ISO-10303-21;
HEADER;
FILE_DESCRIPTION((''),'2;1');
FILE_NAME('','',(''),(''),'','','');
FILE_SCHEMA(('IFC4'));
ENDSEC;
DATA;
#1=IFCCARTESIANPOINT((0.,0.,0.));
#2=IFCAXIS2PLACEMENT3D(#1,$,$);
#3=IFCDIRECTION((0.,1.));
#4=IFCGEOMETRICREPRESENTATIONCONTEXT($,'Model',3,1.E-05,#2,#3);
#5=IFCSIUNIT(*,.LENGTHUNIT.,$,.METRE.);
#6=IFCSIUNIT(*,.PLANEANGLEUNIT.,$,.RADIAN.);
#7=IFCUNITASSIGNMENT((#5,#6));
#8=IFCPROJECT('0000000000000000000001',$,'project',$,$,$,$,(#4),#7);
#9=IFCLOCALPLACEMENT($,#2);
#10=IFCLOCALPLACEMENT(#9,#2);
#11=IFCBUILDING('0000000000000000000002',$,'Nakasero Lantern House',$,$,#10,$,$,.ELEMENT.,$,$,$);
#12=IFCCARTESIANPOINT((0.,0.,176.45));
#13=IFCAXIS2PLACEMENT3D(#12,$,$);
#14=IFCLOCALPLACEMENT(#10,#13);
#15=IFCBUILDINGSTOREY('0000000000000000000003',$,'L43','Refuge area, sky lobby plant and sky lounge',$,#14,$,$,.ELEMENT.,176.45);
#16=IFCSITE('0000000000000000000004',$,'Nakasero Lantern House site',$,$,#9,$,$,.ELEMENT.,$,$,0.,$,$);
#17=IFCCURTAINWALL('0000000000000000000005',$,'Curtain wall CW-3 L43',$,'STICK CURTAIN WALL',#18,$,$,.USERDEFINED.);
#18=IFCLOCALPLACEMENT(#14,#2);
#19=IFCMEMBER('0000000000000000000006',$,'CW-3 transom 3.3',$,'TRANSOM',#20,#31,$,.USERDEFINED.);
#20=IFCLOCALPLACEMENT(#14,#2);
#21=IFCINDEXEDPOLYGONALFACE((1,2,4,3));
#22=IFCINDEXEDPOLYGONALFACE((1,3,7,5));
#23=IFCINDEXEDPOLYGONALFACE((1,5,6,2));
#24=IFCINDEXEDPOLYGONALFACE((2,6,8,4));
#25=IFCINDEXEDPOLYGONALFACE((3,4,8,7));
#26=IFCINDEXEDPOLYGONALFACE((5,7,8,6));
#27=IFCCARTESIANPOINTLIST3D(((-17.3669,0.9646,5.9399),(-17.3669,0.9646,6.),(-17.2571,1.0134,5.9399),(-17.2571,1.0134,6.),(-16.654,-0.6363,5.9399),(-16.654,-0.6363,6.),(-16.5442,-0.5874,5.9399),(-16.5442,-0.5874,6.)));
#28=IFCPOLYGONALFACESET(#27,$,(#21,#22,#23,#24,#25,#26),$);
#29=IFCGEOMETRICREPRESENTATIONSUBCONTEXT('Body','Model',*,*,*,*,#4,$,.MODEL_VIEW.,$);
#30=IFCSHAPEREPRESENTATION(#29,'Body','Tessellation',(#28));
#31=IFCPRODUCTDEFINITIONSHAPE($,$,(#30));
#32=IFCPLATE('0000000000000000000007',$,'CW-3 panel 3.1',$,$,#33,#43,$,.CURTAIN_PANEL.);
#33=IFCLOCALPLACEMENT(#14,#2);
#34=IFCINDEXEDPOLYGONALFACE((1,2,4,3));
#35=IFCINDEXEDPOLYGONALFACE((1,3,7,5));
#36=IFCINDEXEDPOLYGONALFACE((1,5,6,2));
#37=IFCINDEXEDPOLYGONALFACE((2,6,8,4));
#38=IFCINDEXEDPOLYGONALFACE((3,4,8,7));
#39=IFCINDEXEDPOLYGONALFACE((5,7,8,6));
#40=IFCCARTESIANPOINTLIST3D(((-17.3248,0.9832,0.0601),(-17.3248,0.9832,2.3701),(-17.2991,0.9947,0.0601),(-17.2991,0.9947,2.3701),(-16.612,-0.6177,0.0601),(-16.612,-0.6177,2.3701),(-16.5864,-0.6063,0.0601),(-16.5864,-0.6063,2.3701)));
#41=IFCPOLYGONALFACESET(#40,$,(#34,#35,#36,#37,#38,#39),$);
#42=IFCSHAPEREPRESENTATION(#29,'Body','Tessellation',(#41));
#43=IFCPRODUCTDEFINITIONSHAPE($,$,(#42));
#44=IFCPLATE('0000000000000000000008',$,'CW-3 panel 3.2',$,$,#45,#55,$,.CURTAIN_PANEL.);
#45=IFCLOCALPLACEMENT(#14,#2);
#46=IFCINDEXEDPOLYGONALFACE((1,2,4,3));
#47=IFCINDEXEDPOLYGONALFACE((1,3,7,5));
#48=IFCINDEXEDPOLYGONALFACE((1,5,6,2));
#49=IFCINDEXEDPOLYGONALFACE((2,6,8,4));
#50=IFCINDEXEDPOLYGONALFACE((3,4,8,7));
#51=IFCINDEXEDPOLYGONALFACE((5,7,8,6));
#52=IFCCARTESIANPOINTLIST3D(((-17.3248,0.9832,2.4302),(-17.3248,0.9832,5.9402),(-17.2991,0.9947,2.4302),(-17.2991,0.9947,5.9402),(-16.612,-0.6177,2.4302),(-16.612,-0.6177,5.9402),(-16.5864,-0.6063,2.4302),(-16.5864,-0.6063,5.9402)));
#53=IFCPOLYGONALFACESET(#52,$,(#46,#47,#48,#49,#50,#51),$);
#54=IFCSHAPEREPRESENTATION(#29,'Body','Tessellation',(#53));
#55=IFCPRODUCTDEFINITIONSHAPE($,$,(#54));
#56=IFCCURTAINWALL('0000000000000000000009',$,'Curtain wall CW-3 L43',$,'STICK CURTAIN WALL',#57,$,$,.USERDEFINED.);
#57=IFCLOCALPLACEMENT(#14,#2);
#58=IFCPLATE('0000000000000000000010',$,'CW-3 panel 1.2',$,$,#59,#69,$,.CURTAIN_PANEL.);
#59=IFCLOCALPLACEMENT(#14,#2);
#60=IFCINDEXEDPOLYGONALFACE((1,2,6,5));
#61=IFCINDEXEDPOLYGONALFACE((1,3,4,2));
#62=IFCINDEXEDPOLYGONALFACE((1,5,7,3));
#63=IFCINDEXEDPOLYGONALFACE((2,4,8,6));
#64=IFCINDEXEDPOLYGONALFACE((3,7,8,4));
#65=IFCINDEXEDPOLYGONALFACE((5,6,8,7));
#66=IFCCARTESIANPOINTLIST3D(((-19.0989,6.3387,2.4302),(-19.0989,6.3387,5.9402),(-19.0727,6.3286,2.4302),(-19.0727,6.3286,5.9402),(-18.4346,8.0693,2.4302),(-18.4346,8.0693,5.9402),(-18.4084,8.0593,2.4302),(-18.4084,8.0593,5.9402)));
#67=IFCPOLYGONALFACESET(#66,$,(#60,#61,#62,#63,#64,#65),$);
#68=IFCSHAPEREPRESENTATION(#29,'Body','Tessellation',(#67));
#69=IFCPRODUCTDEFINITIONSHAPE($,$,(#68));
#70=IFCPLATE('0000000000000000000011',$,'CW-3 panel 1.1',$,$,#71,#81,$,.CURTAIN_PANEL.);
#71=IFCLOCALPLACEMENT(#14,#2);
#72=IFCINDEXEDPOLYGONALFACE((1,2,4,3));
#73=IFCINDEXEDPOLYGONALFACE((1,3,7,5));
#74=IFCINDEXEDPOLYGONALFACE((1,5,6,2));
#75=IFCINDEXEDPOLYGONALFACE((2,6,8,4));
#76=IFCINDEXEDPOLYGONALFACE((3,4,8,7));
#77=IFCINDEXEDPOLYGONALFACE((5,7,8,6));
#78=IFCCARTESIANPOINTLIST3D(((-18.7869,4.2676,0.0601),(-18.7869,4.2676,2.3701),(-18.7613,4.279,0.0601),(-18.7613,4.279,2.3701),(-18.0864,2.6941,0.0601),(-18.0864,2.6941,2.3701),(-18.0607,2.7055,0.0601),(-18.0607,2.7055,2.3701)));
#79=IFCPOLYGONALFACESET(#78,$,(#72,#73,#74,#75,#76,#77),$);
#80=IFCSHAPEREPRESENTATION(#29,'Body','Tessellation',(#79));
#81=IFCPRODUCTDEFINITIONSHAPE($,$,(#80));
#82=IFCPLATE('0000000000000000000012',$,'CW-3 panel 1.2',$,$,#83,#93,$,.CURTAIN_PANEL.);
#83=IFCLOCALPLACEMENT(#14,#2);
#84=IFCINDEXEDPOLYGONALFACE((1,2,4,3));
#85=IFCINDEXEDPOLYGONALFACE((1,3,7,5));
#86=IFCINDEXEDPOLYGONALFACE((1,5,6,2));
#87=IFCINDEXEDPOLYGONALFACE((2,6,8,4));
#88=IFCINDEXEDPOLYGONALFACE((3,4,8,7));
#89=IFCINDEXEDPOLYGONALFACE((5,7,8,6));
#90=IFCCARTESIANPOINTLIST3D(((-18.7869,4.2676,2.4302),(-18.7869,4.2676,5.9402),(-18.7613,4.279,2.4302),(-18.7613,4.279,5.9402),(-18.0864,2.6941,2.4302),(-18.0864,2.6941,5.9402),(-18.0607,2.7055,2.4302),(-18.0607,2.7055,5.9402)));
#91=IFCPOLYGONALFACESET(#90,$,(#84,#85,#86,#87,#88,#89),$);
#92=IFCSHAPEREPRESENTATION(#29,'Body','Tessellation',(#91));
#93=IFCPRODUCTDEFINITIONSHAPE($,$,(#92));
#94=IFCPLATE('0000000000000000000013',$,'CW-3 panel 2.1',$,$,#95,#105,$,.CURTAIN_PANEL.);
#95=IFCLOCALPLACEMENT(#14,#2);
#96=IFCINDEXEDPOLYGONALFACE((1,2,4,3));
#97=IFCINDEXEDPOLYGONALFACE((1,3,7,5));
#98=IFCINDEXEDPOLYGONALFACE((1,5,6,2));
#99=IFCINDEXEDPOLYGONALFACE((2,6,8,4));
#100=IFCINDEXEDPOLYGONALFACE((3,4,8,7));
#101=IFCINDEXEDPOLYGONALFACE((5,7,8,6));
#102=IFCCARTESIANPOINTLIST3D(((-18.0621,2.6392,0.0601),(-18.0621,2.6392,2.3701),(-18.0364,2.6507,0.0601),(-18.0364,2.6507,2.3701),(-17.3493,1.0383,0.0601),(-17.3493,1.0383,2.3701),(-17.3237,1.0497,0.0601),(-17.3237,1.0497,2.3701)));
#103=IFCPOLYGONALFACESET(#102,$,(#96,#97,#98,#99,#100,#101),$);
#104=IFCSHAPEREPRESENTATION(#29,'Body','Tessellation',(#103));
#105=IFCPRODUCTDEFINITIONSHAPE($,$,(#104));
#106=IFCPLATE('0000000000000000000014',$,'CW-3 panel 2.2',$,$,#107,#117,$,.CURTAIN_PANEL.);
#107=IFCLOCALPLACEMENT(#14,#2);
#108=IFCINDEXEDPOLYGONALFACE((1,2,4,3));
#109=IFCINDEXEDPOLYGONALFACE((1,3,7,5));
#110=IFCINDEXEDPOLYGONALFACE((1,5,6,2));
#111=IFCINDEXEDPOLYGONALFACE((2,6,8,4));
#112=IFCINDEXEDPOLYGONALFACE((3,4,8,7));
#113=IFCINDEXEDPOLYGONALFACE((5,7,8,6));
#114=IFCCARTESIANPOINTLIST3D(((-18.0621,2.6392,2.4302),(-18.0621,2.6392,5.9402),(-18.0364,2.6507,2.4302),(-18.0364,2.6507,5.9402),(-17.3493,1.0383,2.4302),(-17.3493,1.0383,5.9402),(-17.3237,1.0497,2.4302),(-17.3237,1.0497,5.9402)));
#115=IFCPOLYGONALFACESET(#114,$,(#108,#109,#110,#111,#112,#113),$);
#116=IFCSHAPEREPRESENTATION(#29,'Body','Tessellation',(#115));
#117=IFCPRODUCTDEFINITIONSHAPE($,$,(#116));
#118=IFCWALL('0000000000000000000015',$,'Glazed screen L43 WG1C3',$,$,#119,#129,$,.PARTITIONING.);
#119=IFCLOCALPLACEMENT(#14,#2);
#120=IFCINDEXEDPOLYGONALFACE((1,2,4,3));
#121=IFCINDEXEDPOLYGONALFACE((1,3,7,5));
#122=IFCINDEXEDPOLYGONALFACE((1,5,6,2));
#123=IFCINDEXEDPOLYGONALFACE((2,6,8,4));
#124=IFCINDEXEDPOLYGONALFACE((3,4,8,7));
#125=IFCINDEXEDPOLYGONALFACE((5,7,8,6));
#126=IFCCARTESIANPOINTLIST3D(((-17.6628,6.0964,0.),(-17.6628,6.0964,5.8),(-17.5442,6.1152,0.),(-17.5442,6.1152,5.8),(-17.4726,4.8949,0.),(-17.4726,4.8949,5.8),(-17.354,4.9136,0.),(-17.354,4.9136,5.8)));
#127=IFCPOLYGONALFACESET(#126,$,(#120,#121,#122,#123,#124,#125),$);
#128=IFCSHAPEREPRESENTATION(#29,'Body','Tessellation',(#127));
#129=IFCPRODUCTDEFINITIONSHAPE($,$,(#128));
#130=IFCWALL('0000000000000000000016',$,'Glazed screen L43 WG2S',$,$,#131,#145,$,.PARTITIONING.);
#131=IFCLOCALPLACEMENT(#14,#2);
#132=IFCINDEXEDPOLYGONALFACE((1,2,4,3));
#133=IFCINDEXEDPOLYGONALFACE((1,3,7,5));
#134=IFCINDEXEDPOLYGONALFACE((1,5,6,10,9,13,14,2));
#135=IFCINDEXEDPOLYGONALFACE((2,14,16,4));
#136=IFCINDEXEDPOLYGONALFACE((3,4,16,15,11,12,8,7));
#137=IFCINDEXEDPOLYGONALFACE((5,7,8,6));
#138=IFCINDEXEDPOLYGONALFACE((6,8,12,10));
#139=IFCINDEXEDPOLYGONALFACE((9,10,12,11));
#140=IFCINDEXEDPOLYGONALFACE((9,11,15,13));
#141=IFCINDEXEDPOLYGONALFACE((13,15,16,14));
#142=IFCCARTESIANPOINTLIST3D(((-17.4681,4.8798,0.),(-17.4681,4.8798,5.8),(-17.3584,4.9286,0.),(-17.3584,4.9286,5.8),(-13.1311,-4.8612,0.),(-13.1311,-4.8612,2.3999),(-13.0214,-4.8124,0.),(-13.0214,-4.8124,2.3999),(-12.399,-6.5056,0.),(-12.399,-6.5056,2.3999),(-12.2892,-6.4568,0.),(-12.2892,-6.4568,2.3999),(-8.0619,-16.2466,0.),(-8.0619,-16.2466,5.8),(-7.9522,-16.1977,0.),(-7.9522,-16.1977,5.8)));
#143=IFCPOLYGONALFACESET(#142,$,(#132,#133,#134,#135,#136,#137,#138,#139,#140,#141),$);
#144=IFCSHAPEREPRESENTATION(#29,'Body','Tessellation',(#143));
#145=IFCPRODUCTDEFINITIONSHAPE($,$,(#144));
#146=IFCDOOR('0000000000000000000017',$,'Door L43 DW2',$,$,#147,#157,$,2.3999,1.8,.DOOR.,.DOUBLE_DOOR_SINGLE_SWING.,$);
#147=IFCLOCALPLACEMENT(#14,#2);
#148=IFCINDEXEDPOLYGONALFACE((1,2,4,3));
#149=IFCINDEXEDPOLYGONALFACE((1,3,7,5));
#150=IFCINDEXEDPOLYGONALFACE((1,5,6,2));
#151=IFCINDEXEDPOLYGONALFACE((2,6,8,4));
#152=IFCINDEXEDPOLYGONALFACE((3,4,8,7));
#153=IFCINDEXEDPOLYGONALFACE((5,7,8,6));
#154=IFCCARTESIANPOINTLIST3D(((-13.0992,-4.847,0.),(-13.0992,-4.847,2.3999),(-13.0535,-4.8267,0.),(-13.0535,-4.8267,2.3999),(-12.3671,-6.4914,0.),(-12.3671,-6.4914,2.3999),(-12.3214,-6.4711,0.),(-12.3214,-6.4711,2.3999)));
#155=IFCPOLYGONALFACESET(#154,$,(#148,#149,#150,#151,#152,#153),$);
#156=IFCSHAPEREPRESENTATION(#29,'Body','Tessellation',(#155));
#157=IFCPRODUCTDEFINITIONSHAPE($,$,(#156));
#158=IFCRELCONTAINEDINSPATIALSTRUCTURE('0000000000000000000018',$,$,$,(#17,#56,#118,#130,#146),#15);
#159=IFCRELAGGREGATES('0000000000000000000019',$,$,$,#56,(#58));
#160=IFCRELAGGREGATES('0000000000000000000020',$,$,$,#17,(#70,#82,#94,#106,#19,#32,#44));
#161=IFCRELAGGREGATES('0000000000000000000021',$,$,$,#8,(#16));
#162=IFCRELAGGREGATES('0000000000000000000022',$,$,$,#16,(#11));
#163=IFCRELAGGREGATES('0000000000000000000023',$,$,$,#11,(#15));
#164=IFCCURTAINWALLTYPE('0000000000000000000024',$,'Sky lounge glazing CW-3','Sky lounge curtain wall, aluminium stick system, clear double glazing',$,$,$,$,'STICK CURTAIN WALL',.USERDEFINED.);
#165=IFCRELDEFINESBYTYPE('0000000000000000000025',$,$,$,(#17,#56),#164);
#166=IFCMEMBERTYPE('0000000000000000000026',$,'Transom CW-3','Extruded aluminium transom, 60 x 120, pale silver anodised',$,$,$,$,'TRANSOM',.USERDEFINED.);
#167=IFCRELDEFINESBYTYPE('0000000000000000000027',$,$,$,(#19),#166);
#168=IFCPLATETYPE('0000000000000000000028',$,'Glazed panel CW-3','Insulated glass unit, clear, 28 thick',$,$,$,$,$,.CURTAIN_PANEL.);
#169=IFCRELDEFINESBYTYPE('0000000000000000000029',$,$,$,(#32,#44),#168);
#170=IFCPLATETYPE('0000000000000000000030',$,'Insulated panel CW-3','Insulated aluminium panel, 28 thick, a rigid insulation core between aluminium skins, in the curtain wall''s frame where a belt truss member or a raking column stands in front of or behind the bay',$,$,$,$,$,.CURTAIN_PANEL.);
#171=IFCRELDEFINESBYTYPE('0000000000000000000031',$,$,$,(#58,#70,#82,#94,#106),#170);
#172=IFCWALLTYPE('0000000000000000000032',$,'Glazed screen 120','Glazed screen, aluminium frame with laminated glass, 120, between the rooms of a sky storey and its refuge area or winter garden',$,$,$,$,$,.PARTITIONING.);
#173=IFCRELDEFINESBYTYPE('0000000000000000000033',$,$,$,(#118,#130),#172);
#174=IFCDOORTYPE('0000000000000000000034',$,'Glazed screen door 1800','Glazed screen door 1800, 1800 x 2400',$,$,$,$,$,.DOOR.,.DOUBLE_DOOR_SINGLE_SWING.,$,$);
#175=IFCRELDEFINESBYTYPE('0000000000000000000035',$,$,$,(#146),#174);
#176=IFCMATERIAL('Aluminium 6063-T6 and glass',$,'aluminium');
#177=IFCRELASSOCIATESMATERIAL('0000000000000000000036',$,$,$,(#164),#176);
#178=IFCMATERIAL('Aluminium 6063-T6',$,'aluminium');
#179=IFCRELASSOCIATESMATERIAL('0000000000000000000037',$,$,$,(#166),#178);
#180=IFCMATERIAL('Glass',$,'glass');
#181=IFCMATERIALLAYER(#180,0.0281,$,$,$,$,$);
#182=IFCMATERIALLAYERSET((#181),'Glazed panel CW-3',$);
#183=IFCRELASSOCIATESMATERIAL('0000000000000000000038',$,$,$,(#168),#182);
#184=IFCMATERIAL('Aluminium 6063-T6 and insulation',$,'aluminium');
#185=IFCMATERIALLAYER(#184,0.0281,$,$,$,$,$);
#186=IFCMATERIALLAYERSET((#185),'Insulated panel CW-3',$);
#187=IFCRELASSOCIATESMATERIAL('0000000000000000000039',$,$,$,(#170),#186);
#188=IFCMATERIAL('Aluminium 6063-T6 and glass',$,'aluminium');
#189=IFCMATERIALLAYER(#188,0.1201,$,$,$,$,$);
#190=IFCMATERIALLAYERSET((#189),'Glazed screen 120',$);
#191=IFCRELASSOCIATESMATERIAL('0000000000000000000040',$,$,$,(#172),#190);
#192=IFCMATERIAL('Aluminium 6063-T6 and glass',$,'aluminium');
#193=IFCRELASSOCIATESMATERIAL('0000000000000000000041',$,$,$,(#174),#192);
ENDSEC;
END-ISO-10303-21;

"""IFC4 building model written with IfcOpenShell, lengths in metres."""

from ifc_helpers import new_model, si_unit, direction, frame, frame_2d, origin, origin_2d, place, context, subcontext, project, spatial, rectangle, extrude, material, layer, layer_set, material_profile, profile_set, type_object, element, fill, aggregate, save


model = new_model("IFC4")

# Units and contexts
model_context = context("Model", 3, precision=1e-05, world=origin(), true_north=direction((0.0, 1.0)))
body_context = subcontext(model_context, "Body", "Model", "MODEL_VIEW")
ifc_project = project(units=[si_unit("LENGTHUNIT", "METRE"), si_unit("PLANEANGLEUNIT", "RADIAN")], contexts=[model_context])

# Site, building, storey
site_placement = place(None, origin())
site = spatial("IfcSite", under=ifc_project, at=site_placement, Name="Nakasero Lantern House site", CompositionType="ELEMENT", RefElevation=0.0)
building_placement = place(site_placement, origin())
building = spatial("IfcBuilding", under=site, at=building_placement, Name="Nakasero Lantern House", CompositionType="ELEMENT")
storey_placement = place(building_placement, frame((0.0, 0.0, 176.45)))
storey = spatial("IfcBuildingStorey", under=building, at=storey_placement, Name="L43", Description="Refuge area, sky lobby plant and sky lounge", CompositionType="ELEMENT", Elevation=176.45)

# Curtain wall
ifc_material_1 = material(Name="Aluminium 6063-T6 and glass", Category="aluminium")
curtain_wall_type = type_object("IfcCurtainWallType", Name="Sky lounge glazing CW-3", Description="Sky lounge curtain wall, aluminium stick system, clear double glazing", ElementType="STICK CURTAIN WALL", PredefinedType="USERDEFINED", material=ifc_material_1)
curtain_wall_1_placement = place(storey_placement, origin())
curtain_wall_1 = element("IfcCurtainWall", 1, at=curtain_wall_1_placement, inside=storey, type_object=curtain_wall_type, Name="Curtain wall CW-3 L43", ObjectType="STICK CURTAIN WALL", PredefinedType="USERDEFINED")

# Member
ifc_material_2 = material(Name="Aluminium 6063-T6", Category="aluminium")
ifc_material_profile_1 = material_profile(ifc_material_2, rectangle(XDim=0.0601, YDim=0.1201, at=origin_2d()), Name="CW-3 transom 60x120")
ifc_profile_set_1 = profile_set([ifc_material_profile_1], Name="Aluminium 6063-T6")
member_type_1 = type_object("IfcMemberType", Name="Transom CW-3", Description="Extruded aluminium transom, 60 x 120, pale silver anodised", ElementType="TRANSOM", PredefinedType="USERDEFINED", material=ifc_profile_set_1)
member_1_placement = place(storey_placement, frame((-17.312, 0.989, 5.97), z_axis=(0.406811, -0.913513, 0.0), x_axis=(0.0, 0.0, 1.0)))
member_1 = element("IfcMember", 2, at=member_1_placement, type_object=member_type_1, Name="CW-3 transom 3.3", ObjectType="TRANSOM", PredefinedType="USERDEFINED", context=body_context, shape_type="SweptSolid", body=[
    extrude(rectangle(XDim=0.0601, YDim=0.1201, at=origin_2d()), origin(), (0.0, 0.0, 1.0), 1.7524),
])

# Plates
ifc_material_3 = material(Name="Glass", Category="glass")
ifc_layer_1 = layer(ifc_material_3, 0.0281)
ifc_layer_set_1 = layer_set([ifc_layer_1], Name="Glazed panel CW-3")
plate_type_1 = type_object("IfcPlateType", Name="Glazed panel CW-3", Description="Insulated glass unit, clear, 28 thick", PredefinedType="CURTAIN_PANEL", material=ifc_layer_set_1)
plate_1_placement = place(storey_placement, frame((-16.9556, 0.1885, 0.0601), z_axis=(0.0, 0.0, 1.0), x_axis=(0.406737, -0.913545, 0.0)))
plate_1 = element("IfcPlate", 3, at=plate_1_placement, type_object=plate_type_1, Name="CW-3 panel 3.1", PredefinedType="CURTAIN_PANEL", context=body_context, shape_type="SweptSolid", body=[
    extrude(rectangle(XDim=1.7524, YDim=0.0281, at=origin_2d()), origin(), (0.0, 0.0, 1.0), 2.3101),
])
plate_2_placement = place(storey_placement, frame((-16.9556, 0.1885, 2.4302), z_axis=(0.0, 0.0, 1.0), x_axis=(0.406737, -0.913545, 0.0)))
plate_2 = element("IfcPlate", 4, at=plate_2_placement, type_object=plate_type_1, Name="CW-3 panel 3.2", PredefinedType="CURTAIN_PANEL", context=body_context, shape_type="SweptSolid", body=[
    extrude(rectangle(XDim=1.7524, YDim=0.0281, at=origin_2d()), origin(), (0.0, 0.0, 1.0), 3.51),
])

# Curtain wall, plate
curtain_wall_2_placement = place(storey_placement, origin())
curtain_wall_2 = element("IfcCurtainWall", 5, at=curtain_wall_2_placement, inside=storey, type_object=curtain_wall_type, Name="Curtain wall CW-3 L43", ObjectType="STICK CURTAIN WALL", PredefinedType="USERDEFINED")
ifc_material_4 = material(Name="Aluminium 6063-T6 and insulation", Category="aluminium")
ifc_layer_2 = layer(ifc_material_4, 0.0281)
ifc_layer_set_2 = layer_set([ifc_layer_2], Name="Insulated panel CW-3")
plate_type_2 = type_object("IfcPlateType", Name="Insulated panel CW-3", Description="Insulated aluminium panel, 28 thick, a rigid insulation core between aluminium skins, in the curtain wall's frame where a belt truss member or a raking column stands in front of or behind the bay", PredefinedType="CURTAIN_PANEL", material=ifc_layer_set_2)
plate_3_placement = place(storey_placement, frame((-18.7537, 7.199, 2.4302), z_axis=(0.0, 0.0, 1.0), x_axis=(-0.358368, -0.93358, 0.0)))
plate_3 = element("IfcPlate", 6, at=plate_3_placement, type_object=plate_type_2, Name="CW-3 panel 1.2", PredefinedType="CURTAIN_PANEL", context=body_context, shape_type="SweptSolid", body=[
    extrude(rectangle(XDim=1.8538, YDim=0.0281, at=origin_2d()), origin(), (0.0, 0.0, 1.0), 3.51),
])
aggregate(curtain_wall_2, [plate_3])

# Plates
plate_4_placement = place(storey_placement, frame((-18.4238, 3.4866, 0.0601), z_axis=(0.0, 0.0, 1.0), x_axis=(0.406737, -0.913545, 0.0)))
plate_4 = element("IfcPlate", 7, at=plate_4_placement, type_object=plate_type_2, Name="CW-3 panel 1.1", PredefinedType="CURTAIN_PANEL", context=body_context, shape_type="SweptSolid", body=[
    extrude(rectangle(XDim=1.7224, YDim=0.0281, at=origin_2d()), origin(), (0.0, 0.0, 1.0), 2.3101),
])
plate_5_placement = place(storey_placement, frame((-18.4238, 3.4866, 2.4302), z_axis=(0.0, 0.0, 1.0), x_axis=(0.406737, -0.913545, 0.0)))
plate_5 = element("IfcPlate", 8, at=plate_5_placement, type_object=plate_type_2, Name="CW-3 panel 1.2", PredefinedType="CURTAIN_PANEL", context=body_context, shape_type="SweptSolid", body=[
    extrude(rectangle(XDim=1.7224, YDim=0.0281, at=origin_2d()), origin(), (0.0, 0.0, 1.0), 3.51),
])
plate_6_placement = place(storey_placement, frame((-17.6929, 1.8445, 0.0601), z_axis=(0.0, 0.0, 1.0), x_axis=(0.406737, -0.913545, 0.0)))
plate_6 = element("IfcPlate", 9, at=plate_6_placement, type_object=plate_type_2, Name="CW-3 panel 2.1", PredefinedType="CURTAIN_PANEL", context=body_context, shape_type="SweptSolid", body=[
    extrude(rectangle(XDim=1.7524, YDim=0.0281, at=origin_2d()), origin(), (0.0, 0.0, 1.0), 2.3101),
])
plate_7_placement = place(storey_placement, frame((-17.6929, 1.8445, 2.4302), z_axis=(0.0, 0.0, 1.0), x_axis=(0.406737, -0.913545, 0.0)))
plate_7 = element("IfcPlate", 10, at=plate_7_placement, type_object=plate_type_2, Name="CW-3 panel 2.2", PredefinedType="CURTAIN_PANEL", context=body_context, shape_type="SweptSolid", body=[
    extrude(rectangle(XDim=1.7524, YDim=0.0281, at=origin_2d()), origin(), (0.0, 0.0, 1.0), 3.51),
])
aggregate(curtain_wall_1, [plate_4, plate_5, plate_6, plate_7, member_1, plate_1, plate_2])

# Wall
ifc_material_5 = material(Name="Aluminium 6063-T6 and glass", Category="aluminium")
ifc_layer_3 = layer(ifc_material_5, 0.1201)
ifc_layer_set_3 = layer_set([ifc_layer_3], Name="Glazed screen 120")
wall_type = type_object("IfcWallType", Name="Glazed screen 120", Description="Glazed screen, aluminium frame with laminated glass, 120, between the rooms of a sky storey and its refuge area or winter garden", PredefinedType="PARTITIONING", material=ifc_layer_set_3)
wall_1_placement = place(storey_placement, frame((-17.6035, 6.106, 0.0), z_axis=(0.0, 0.0, 1.0), x_axis=(0.156323, -0.987706, 0.0)))
element("IfcWall", 11, at=wall_1_placement, inside=storey, type_object=wall_type, Name="Glazed screen L43 WG1C3", PredefinedType="PARTITIONING", context=body_context, shape_type="SweptSolid", body=[
    extrude(rectangle(XDim=1.2166, YDim=0.1201, at=frame_2d((0.6084, 0.0))), origin(), (0.0, 0.0, 1.0), 5.8),
])

# Wall, opening, door
wall_2_placement = place(storey_placement, frame((-17.4133, 4.9043, 0.0), z_axis=(0.0, 0.0, 1.0), x_axis=(0.406742, -0.913543, 0.0)))
wall_2 = element("IfcWall", 12, at=wall_2_placement, inside=storey, type_object=wall_type, Name="Glazed screen L43 WG2S", PredefinedType="PARTITIONING", context=body_context, shape_type="SweptSolid", body=[
    extrude(rectangle(XDim=23.1257, YDim=0.1201, at=frame_2d((11.563, 0.0))), origin(), (0.0, 0.0, 1.0), 5.8),
])
opening_placement = place(wall_2_placement, frame((10.6631, 0.0, 0.0)))
opening = element("IfcOpeningElement", 13, at=opening_placement, cuts=wall_2, PredefinedType="OPENING", context=body_context, shape_type="SweptSolid", body=[
    extrude(rectangle(XDim=1.8, YDim=2.3999, at=frame_2d((0.8999, 1.2))), frame((0.0, 0.0801, 0.0), z_axis=(0.0, -1.0, 0.0), x_axis=(1.0, 0.0, 0.0)), (0.0, 0.0, 1.0), 0.1602),
])
ifc_material_6 = material(Name="Aluminium 6063-T6 and glass", Category="aluminium")
door_type = type_object("IfcDoorType", Name="Glazed screen door 1800", Description="Glazed screen door 1800, 1800 x 2400", OperationType="DOUBLE_DOOR_SINGLE_SWING", PredefinedType="DOOR", material=ifc_material_6)
door_placement = place(opening_placement, origin())
door = element("IfcDoor", 14, at=door_placement, inside=storey, type_object=door_type, Name="Door L43 DW2", OperationType="DOUBLE_DOOR_SINGLE_SWING", OverallHeight=2.3999, OverallWidth=1.8, PredefinedType="DOOR", context=body_context, shape_type="SweptSolid", body=[
    extrude(rectangle(XDim=1.8, YDim=2.3999, at=frame_2d((0.8999, 1.2))), frame((0.0, 0.0249, 0.0), z_axis=(0.0, -1.0, 0.0), x_axis=(1.0, 0.0, 0.0)), (0.0, 0.0, 1.0), 0.05),
])
fill(opening, door)

save(model, "model.ifc")
